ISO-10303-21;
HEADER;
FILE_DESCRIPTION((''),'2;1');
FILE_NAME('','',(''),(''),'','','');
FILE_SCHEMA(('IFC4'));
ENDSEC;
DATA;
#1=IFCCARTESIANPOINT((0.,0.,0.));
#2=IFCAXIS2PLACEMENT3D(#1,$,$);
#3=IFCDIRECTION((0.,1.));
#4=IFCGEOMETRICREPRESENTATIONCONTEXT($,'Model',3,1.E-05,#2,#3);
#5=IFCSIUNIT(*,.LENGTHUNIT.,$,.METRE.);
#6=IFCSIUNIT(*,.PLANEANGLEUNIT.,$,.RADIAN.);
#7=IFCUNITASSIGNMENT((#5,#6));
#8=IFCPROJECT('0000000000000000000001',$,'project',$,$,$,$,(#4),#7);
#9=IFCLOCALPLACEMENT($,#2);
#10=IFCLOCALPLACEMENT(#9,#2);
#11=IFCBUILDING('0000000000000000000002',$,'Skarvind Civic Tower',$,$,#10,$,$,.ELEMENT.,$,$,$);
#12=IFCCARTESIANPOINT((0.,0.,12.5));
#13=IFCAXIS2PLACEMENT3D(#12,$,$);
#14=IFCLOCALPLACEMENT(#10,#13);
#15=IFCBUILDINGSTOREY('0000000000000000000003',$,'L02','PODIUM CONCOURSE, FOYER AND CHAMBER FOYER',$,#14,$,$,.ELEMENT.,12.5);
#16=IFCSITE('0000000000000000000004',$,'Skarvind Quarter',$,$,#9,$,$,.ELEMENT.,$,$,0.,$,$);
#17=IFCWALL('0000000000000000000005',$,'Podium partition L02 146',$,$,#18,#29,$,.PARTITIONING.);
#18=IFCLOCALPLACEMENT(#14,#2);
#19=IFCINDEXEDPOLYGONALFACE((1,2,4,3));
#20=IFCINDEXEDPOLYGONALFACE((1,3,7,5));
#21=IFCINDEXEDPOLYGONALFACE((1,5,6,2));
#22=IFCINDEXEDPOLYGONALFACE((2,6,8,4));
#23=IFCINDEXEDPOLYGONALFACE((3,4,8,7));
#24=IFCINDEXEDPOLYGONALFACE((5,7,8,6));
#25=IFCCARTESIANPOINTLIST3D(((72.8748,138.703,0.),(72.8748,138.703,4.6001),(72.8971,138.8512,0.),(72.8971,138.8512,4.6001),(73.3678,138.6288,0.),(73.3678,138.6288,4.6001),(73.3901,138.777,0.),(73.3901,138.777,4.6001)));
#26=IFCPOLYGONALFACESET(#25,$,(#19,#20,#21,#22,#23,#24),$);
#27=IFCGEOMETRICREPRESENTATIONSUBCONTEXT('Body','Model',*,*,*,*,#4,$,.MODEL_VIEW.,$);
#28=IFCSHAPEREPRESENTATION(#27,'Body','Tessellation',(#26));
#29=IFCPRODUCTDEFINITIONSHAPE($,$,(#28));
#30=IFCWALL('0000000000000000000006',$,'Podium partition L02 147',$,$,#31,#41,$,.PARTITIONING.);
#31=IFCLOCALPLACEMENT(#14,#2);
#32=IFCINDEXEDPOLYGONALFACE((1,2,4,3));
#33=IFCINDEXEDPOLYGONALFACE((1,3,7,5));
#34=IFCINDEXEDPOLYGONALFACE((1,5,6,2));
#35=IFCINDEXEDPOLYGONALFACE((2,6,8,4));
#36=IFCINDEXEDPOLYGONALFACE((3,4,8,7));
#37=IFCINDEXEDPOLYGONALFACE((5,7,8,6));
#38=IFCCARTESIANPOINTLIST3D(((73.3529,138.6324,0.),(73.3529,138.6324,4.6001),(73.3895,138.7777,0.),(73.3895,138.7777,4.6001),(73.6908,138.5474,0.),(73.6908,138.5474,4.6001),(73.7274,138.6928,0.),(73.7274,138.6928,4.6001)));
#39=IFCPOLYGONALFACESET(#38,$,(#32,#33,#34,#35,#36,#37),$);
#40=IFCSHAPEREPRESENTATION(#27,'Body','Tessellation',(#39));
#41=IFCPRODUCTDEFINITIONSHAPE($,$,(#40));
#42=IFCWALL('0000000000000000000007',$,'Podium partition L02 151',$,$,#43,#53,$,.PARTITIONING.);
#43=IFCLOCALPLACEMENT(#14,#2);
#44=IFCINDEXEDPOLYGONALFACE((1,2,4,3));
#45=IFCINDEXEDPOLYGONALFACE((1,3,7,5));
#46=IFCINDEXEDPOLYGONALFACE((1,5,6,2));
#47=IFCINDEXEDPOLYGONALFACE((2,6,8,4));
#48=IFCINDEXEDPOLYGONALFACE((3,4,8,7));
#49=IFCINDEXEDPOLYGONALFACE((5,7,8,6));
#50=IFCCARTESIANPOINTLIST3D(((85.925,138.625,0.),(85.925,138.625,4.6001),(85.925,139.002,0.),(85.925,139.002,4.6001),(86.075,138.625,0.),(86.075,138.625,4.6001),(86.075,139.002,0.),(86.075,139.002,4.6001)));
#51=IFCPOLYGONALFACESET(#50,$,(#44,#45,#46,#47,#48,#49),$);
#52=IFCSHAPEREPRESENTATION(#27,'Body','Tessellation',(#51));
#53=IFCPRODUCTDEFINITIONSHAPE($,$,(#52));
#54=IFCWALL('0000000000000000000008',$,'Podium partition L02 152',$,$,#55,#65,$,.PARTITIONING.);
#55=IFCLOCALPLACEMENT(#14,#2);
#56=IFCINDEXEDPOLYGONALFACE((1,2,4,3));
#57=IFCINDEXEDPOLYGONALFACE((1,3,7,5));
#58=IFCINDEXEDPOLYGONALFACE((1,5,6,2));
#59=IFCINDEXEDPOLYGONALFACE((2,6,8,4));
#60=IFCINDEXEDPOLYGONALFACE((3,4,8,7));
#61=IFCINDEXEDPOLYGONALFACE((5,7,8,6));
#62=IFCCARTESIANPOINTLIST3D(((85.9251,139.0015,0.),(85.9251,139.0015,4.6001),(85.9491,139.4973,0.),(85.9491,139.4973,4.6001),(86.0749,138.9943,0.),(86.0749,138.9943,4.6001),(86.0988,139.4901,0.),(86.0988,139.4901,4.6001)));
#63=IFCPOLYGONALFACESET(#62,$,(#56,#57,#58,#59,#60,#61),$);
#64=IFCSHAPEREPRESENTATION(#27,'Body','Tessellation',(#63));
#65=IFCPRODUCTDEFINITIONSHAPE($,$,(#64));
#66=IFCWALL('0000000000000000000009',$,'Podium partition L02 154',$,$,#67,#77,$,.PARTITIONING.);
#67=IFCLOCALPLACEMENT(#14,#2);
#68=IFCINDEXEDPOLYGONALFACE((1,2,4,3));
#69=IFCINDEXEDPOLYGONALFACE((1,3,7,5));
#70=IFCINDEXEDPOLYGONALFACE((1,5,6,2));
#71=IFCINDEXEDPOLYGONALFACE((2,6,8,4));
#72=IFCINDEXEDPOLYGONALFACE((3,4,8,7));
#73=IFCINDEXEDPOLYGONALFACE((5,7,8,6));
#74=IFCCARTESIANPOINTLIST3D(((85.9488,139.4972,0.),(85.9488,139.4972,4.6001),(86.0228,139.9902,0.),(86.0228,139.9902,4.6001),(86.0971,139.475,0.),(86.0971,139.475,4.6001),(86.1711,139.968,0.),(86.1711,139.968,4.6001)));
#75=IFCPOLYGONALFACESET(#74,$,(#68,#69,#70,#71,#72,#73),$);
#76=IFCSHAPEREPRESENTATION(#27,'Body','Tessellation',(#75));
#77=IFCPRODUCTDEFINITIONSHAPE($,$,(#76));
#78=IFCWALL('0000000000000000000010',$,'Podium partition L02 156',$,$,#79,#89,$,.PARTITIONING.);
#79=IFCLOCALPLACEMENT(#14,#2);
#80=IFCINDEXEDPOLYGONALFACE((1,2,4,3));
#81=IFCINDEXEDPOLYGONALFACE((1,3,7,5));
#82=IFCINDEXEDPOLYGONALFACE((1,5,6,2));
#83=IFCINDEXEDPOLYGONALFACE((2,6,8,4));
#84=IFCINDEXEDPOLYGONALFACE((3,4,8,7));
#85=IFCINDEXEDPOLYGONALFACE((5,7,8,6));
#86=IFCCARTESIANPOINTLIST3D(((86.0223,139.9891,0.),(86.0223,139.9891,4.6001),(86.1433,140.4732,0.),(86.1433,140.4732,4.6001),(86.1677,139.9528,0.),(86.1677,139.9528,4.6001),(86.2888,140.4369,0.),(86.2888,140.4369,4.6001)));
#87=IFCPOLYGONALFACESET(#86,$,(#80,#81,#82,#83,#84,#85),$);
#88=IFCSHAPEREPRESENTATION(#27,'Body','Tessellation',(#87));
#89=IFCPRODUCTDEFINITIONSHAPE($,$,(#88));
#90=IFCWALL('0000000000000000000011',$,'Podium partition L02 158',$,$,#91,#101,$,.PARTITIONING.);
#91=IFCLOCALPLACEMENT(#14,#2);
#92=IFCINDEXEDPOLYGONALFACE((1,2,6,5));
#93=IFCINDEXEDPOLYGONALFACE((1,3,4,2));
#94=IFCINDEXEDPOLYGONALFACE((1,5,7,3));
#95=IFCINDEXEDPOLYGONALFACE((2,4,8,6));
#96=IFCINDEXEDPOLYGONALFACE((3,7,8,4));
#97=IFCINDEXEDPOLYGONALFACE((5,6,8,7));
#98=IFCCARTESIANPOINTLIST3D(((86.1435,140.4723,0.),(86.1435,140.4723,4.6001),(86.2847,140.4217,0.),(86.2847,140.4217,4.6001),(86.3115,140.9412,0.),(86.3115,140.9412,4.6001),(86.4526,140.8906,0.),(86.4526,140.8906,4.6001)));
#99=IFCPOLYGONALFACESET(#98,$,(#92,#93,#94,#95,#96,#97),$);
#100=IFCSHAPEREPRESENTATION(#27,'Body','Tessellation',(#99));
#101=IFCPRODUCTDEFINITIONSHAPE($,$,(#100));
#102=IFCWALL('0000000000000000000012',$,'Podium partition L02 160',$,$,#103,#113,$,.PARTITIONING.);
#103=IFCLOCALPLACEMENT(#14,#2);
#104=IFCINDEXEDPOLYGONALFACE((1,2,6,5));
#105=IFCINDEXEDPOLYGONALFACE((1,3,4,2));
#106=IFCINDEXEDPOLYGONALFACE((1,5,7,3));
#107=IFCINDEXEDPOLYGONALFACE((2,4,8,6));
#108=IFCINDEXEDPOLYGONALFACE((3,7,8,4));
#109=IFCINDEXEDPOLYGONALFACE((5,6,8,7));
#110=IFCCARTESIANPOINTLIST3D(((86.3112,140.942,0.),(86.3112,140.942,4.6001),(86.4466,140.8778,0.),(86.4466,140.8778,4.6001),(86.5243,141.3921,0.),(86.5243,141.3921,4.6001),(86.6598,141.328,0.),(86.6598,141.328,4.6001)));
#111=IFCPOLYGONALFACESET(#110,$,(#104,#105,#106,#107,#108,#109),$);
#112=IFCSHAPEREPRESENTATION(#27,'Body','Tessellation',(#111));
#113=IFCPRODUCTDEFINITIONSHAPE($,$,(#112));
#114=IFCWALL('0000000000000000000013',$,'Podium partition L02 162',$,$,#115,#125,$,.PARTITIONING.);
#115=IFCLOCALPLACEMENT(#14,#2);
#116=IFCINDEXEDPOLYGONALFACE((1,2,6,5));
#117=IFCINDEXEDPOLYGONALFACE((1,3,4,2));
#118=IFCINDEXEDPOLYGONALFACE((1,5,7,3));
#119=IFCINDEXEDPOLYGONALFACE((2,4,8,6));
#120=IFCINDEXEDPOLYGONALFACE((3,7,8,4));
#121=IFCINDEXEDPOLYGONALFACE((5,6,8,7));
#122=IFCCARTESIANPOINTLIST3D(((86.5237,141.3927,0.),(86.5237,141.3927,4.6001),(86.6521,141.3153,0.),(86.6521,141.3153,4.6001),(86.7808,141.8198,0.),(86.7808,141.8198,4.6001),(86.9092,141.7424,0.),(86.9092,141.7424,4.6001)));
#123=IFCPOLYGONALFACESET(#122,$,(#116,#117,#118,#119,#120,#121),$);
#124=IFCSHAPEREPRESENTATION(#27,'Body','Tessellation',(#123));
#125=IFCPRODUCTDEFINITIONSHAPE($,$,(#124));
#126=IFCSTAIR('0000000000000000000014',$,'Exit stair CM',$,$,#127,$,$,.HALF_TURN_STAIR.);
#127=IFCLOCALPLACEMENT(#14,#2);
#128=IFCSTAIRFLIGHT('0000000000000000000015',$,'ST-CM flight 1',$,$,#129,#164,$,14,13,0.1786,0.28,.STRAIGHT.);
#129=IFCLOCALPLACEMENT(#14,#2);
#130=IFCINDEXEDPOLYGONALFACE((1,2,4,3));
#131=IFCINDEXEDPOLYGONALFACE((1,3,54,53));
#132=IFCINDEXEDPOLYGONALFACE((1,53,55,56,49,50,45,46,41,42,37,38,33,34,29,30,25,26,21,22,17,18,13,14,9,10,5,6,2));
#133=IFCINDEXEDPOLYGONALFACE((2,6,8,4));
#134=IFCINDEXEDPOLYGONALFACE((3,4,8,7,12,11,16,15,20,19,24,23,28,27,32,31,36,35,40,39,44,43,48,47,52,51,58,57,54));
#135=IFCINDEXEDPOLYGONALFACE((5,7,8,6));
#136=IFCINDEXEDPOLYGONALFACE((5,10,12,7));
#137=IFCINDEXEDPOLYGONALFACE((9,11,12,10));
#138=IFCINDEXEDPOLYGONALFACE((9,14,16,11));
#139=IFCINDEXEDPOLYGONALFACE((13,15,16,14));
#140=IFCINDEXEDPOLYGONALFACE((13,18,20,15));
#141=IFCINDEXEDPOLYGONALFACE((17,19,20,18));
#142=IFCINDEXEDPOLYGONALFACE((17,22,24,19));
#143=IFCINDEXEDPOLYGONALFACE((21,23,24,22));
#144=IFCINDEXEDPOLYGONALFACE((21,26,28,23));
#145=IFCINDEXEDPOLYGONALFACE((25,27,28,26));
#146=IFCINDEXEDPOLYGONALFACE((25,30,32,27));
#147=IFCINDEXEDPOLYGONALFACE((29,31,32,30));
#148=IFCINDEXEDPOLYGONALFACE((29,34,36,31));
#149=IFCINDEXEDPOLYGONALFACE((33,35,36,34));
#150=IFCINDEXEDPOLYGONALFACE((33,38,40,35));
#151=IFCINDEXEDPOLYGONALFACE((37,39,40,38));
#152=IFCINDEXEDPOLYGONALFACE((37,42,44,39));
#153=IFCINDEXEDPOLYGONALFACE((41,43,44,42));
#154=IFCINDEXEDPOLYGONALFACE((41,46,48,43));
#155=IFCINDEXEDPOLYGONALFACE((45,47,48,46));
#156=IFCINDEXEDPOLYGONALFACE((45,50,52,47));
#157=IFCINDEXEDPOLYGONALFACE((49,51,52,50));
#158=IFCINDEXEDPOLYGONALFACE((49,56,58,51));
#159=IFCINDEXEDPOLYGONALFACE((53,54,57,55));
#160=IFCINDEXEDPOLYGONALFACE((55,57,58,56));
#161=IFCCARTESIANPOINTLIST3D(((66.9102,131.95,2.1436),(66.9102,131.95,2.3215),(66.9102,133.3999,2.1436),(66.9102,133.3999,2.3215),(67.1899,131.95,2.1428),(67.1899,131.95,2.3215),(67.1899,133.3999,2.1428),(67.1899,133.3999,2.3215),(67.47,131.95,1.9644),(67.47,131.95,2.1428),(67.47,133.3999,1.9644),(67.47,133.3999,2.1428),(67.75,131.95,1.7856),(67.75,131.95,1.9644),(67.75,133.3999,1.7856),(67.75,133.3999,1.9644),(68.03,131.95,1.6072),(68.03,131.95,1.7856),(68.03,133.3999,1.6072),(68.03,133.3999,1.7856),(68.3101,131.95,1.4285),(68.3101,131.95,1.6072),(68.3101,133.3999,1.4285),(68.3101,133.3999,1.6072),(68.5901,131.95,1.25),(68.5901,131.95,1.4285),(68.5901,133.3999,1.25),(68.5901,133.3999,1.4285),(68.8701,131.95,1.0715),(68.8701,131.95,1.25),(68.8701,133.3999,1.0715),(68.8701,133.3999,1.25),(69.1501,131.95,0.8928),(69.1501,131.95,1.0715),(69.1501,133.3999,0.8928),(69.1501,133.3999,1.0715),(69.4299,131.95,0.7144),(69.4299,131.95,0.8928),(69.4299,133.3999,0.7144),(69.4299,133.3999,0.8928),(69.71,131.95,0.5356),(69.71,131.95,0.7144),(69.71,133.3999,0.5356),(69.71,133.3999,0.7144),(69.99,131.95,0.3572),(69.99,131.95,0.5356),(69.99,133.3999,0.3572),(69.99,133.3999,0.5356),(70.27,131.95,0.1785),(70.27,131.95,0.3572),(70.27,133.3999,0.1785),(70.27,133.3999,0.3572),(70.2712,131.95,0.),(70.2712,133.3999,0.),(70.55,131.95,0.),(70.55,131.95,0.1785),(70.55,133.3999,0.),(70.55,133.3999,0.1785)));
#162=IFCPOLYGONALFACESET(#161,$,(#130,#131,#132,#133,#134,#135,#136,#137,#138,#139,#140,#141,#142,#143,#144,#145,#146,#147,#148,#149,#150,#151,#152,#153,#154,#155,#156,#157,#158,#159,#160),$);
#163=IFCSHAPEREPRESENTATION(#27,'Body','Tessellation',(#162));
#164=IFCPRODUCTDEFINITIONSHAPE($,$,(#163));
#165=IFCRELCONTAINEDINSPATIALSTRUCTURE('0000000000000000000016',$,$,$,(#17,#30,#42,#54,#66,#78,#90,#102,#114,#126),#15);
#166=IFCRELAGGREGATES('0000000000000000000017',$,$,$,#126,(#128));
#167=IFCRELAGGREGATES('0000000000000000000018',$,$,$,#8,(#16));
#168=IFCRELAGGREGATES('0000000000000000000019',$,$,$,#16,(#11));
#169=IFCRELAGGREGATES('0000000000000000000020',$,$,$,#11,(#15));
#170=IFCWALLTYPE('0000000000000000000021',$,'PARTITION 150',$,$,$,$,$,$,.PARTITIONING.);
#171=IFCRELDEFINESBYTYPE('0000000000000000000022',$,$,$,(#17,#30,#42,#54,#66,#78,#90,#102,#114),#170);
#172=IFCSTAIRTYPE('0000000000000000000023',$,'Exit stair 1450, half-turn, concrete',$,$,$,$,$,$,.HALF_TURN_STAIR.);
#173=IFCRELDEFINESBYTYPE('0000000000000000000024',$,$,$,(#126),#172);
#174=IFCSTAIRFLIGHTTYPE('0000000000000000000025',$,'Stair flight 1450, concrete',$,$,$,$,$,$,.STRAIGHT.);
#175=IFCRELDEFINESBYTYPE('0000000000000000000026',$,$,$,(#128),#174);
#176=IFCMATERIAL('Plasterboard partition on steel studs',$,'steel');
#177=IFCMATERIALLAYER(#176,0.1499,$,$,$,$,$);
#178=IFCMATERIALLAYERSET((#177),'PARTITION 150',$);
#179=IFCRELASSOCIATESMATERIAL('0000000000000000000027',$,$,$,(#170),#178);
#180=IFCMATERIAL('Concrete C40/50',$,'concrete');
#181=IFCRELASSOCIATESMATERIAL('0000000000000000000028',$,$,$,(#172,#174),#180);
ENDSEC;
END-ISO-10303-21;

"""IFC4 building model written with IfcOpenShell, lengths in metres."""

from ifc_helpers import new_model, si_unit, direction, frame, frame_2d, origin, place, context, subcontext, project, spatial, polyline, rectangle, outline, extrude, material, layer, layer_set, type_object, element, aggregate, save


model = new_model("IFC4")

# Units and contexts
model_context = context("Model", 3, precision=1e-05, world=origin(), true_north=direction((0.0, 1.0)))
body_context = subcontext(model_context, "Body", "Model", "MODEL_VIEW")
ifc_project = project(units=[si_unit("LENGTHUNIT", "METRE"), si_unit("PLANEANGLEUNIT", "RADIAN")], contexts=[model_context])

# Site, building, storey
site_placement = place(None, origin())
site = spatial("IfcSite", under=ifc_project, at=site_placement, Name="Skarvind Quarter", CompositionType="ELEMENT", RefElevation=0.0)
building_placement = place(site_placement, origin())
building = spatial("IfcBuilding", under=site, at=building_placement, Name="Skarvind Civic Tower", CompositionType="ELEMENT")
storey_placement = place(building_placement, frame((0.0, 0.0, 12.5)))
storey = spatial("IfcBuildingStorey", under=building, at=storey_placement, Name="L02", Description="PODIUM CONCOURSE, FOYER AND CHAMBER FOYER", CompositionType="ELEMENT", Elevation=12.5)

# Shared definitions
ifc_material_1 = material(Name="Plasterboard partition on steel studs", Category="steel")
ifc_layer_1 = layer(ifc_material_1, 0.1499)
ifc_layer_set_1 = layer_set([ifc_layer_1], Name="PARTITION 150")
wall_type_1 = type_object("IfcWallType", Name="PARTITION 150", PredefinedType="PARTITIONING", material=ifc_layer_set_1)

# Walls
wall_1_placement = place(storey_placement, frame((72.886, 138.7771, 0.0), z_axis=(0.0, 0.0, 1.0), x_axis=(0.988854, -0.148891, 0.0)))
element("IfcWall", 1, at=wall_1_placement, inside=storey, type_object=wall_type_1, Name="Podium partition L02 146", PredefinedType="PARTITIONING", context=body_context, shape_type="SweptSolid", body=[
    extrude(rectangle(XDim=0.4985, YDim=0.1499, at=frame_2d((0.2493, 0.0))), origin(), (0.0, 0.0, 1.0), 4.6001),
])
wall_2_placement = place(storey_placement, frame((73.3711, 138.7051, 0.0), z_axis=(0.0, 0.0, 1.0), x_axis=(0.969812, -0.243854, 0.0)))
element("IfcWall", 2, at=wall_2_placement, inside=storey, type_object=wall_type_1, Name="Podium partition L02 147", PredefinedType="PARTITIONING", context=body_context, shape_type="SweptSolid", body=[
    extrude(rectangle(XDim=0.3484, YDim=0.1499, at=frame_2d((0.1743, 0.0))), origin(), (0.0, 0.0, 1.0), 4.6001),
])
wall_3_placement = place(storey_placement, frame((86.0, 138.625, 0.0), z_axis=(0.0, 0.0, 1.0), x_axis=(0.0, 1.0, 0.0)))
element("IfcWall", 3, at=wall_3_placement, inside=storey, type_object=wall_type_1, Name="Podium partition L02 151", PredefinedType="PARTITIONING", context=body_context, shape_type="SweptSolid", body=[
    extrude(rectangle(XDim=0.377, YDim=0.1499, at=frame_2d((0.1885, 0.0))), origin(), (0.0, 0.0, 1.0), 4.6001),
])
wall_4_placement = place(storey_placement, frame((86.0, 138.998, 0.0), z_axis=(0.0, 0.0, 1.0), x_axis=(0.048196, 0.998838, 0.0)))
element("IfcWall", 4, at=wall_4_placement, inside=storey, type_object=wall_type_1, Name="Podium partition L02 152", PredefinedType="PARTITIONING", context=body_context, shape_type="SweptSolid", body=[
    extrude(rectangle(XDim=0.4963, YDim=0.1499, at=frame_2d((0.248, 0.0))), origin(), (0.0, 0.0, 1.0), 4.6001),
])
wall_5_placement = place(storey_placement, frame((86.0229, 139.4861, 0.0), z_axis=(0.0, 0.0, 1.0), x_axis=(0.148412, 0.988926, 0.0)))
element("IfcWall", 5, at=wall_5_placement, inside=storey, type_object=wall_type_1, Name="Podium partition L02 154", PredefinedType="PARTITIONING", context=body_context, shape_type="SweptSolid", body=[
    extrude(rectangle(XDim=0.4985, YDim=0.1499, at=frame_2d((0.2493, 0.0))), origin(), (0.0, 0.0, 1.0), 4.6001),
])
wall_6_placement = place(storey_placement, frame((86.095, 139.9709, 0.0), z_axis=(0.0, 0.0, 1.0), x_axis=(0.242651, 0.970114, 0.0)))
element("IfcWall", 6, at=wall_6_placement, inside=storey, type_object=wall_type_1, Name="Podium partition L02 156", PredefinedType="PARTITIONING", context=body_context, shape_type="SweptSolid", body=[
    extrude(rectangle(XDim=0.499, YDim=0.1499, at=frame_2d((0.2495, 0.0))), origin(), (0.0, 0.0, 1.0), 4.6001),
])
for number, where, z_axis, x_axis, name in (
    (7, (86.2141, 140.447, 0.0), (0.0, 0.0, 1.0), (0.337174, 0.941442, 0.0), "Podium partition L02 158"),
    (8, (86.3789, 140.9099, 0.0), (0.0, 0.0, 1.0), (0.427897, 0.903828, 0.0), "Podium partition L02 160"),
):
    element("IfcWall", number, at=place(storey_placement, frame(where, z_axis=z_axis, x_axis=x_axis)), inside=storey, type_object=wall_type_1, Name=name, PredefinedType="PARTITIONING", context=body_context, shape_type="SweptSolid", body=[
        extrude(rectangle(XDim=0.498, YDim=0.1499, at=frame_2d((0.249, 0.0))), origin(), (0.0, 0.0, 1.0), 4.6001),
    ])
wall_7_placement = place(storey_placement, frame((86.5879, 141.354, 0.0), z_axis=(0.0, 0.0, 1.0), x_axis=(0.515792, 0.856714, 0.0)))
element("IfcWall", 9, at=wall_7_placement, inside=storey, type_object=wall_type_1, Name="Podium partition L02 162", PredefinedType="PARTITIONING", context=body_context, shape_type="SweptSolid", body=[
    extrude(rectangle(XDim=0.4985, YDim=0.1499, at=frame_2d((0.2493, 0.0))), origin(), (0.0, 0.0, 1.0), 4.6001),
])

# Stair, stair flight
ifc_material_2 = material(Name="Concrete C40/50", Category="concrete")
stair_type = type_object("IfcStairType", Name="Exit stair 1450, half-turn, concrete", PredefinedType="HALF_TURN_STAIR", material=ifc_material_2)
stair_placement = place(storey_placement, origin())
stair = element("IfcStair", 10, at=stair_placement, inside=storey, type_object=stair_type, Name="Exit stair CM", PredefinedType="HALF_TURN_STAIR")
stair_flight_type = type_object("IfcStairFlightType", Name="Stair flight 1450, concrete", PredefinedType="STRAIGHT", material=ifc_material_2)
stair_flight_1_placement = place(storey_placement, frame((70.55, 132.675, 0.0), z_axis=(0.0, 0.0, 1.0), x_axis=(-1.0, 0.0, 0.0)))
stair_flight_1 = element("IfcStairFlight", 11, at=stair_flight_1_placement, type_object=stair_flight_type, Name="ST-CM flight 1", NumberOfRisers=14, NumberOfTreads=13, PredefinedType="STRAIGHT", RiserHeight=0.1786, TreadLength=0.28, context=body_context, shape_type="SweptSolid", body=[
    extrude(outline(polyline([(0.0, 0.0), (0.0, 0.1785), (0.28, 0.1785), (0.28, 0.3572), (0.5601, 0.3572), (0.5601, 0.5356), (0.8401, 0.5356), (0.8401, 0.7144), (1.1201, 0.7144), (1.1201, 0.8928), (1.3999, 0.8928), (1.3999, 1.0715), (1.6799, 1.0715), (1.6799, 1.25), (1.96, 1.25), (1.96, 1.4285), (2.24, 1.4285), (2.24, 1.6072), (2.52, 1.6072), (2.52, 1.7856), (2.8, 1.7856), (2.8, 1.9644), (3.0801, 1.9644), (3.0801, 2.1428), (3.3601, 2.1428), (3.3601, 2.3215), (3.6399, 2.3215), (3.6399, 2.5), (3.6399, 2.1436), (0.2788, 0.0), (0.0, 0.0)])), frame((0.0, 0.7251, 0.0), z_axis=(0.0, -1.0, 0.0), x_axis=(1.0, 0.0, 0.0)), (0.0, 0.0, 1.0), 1.45),
])
aggregate(stair, [stair_flight_1])

save(model, "model.ifc")
